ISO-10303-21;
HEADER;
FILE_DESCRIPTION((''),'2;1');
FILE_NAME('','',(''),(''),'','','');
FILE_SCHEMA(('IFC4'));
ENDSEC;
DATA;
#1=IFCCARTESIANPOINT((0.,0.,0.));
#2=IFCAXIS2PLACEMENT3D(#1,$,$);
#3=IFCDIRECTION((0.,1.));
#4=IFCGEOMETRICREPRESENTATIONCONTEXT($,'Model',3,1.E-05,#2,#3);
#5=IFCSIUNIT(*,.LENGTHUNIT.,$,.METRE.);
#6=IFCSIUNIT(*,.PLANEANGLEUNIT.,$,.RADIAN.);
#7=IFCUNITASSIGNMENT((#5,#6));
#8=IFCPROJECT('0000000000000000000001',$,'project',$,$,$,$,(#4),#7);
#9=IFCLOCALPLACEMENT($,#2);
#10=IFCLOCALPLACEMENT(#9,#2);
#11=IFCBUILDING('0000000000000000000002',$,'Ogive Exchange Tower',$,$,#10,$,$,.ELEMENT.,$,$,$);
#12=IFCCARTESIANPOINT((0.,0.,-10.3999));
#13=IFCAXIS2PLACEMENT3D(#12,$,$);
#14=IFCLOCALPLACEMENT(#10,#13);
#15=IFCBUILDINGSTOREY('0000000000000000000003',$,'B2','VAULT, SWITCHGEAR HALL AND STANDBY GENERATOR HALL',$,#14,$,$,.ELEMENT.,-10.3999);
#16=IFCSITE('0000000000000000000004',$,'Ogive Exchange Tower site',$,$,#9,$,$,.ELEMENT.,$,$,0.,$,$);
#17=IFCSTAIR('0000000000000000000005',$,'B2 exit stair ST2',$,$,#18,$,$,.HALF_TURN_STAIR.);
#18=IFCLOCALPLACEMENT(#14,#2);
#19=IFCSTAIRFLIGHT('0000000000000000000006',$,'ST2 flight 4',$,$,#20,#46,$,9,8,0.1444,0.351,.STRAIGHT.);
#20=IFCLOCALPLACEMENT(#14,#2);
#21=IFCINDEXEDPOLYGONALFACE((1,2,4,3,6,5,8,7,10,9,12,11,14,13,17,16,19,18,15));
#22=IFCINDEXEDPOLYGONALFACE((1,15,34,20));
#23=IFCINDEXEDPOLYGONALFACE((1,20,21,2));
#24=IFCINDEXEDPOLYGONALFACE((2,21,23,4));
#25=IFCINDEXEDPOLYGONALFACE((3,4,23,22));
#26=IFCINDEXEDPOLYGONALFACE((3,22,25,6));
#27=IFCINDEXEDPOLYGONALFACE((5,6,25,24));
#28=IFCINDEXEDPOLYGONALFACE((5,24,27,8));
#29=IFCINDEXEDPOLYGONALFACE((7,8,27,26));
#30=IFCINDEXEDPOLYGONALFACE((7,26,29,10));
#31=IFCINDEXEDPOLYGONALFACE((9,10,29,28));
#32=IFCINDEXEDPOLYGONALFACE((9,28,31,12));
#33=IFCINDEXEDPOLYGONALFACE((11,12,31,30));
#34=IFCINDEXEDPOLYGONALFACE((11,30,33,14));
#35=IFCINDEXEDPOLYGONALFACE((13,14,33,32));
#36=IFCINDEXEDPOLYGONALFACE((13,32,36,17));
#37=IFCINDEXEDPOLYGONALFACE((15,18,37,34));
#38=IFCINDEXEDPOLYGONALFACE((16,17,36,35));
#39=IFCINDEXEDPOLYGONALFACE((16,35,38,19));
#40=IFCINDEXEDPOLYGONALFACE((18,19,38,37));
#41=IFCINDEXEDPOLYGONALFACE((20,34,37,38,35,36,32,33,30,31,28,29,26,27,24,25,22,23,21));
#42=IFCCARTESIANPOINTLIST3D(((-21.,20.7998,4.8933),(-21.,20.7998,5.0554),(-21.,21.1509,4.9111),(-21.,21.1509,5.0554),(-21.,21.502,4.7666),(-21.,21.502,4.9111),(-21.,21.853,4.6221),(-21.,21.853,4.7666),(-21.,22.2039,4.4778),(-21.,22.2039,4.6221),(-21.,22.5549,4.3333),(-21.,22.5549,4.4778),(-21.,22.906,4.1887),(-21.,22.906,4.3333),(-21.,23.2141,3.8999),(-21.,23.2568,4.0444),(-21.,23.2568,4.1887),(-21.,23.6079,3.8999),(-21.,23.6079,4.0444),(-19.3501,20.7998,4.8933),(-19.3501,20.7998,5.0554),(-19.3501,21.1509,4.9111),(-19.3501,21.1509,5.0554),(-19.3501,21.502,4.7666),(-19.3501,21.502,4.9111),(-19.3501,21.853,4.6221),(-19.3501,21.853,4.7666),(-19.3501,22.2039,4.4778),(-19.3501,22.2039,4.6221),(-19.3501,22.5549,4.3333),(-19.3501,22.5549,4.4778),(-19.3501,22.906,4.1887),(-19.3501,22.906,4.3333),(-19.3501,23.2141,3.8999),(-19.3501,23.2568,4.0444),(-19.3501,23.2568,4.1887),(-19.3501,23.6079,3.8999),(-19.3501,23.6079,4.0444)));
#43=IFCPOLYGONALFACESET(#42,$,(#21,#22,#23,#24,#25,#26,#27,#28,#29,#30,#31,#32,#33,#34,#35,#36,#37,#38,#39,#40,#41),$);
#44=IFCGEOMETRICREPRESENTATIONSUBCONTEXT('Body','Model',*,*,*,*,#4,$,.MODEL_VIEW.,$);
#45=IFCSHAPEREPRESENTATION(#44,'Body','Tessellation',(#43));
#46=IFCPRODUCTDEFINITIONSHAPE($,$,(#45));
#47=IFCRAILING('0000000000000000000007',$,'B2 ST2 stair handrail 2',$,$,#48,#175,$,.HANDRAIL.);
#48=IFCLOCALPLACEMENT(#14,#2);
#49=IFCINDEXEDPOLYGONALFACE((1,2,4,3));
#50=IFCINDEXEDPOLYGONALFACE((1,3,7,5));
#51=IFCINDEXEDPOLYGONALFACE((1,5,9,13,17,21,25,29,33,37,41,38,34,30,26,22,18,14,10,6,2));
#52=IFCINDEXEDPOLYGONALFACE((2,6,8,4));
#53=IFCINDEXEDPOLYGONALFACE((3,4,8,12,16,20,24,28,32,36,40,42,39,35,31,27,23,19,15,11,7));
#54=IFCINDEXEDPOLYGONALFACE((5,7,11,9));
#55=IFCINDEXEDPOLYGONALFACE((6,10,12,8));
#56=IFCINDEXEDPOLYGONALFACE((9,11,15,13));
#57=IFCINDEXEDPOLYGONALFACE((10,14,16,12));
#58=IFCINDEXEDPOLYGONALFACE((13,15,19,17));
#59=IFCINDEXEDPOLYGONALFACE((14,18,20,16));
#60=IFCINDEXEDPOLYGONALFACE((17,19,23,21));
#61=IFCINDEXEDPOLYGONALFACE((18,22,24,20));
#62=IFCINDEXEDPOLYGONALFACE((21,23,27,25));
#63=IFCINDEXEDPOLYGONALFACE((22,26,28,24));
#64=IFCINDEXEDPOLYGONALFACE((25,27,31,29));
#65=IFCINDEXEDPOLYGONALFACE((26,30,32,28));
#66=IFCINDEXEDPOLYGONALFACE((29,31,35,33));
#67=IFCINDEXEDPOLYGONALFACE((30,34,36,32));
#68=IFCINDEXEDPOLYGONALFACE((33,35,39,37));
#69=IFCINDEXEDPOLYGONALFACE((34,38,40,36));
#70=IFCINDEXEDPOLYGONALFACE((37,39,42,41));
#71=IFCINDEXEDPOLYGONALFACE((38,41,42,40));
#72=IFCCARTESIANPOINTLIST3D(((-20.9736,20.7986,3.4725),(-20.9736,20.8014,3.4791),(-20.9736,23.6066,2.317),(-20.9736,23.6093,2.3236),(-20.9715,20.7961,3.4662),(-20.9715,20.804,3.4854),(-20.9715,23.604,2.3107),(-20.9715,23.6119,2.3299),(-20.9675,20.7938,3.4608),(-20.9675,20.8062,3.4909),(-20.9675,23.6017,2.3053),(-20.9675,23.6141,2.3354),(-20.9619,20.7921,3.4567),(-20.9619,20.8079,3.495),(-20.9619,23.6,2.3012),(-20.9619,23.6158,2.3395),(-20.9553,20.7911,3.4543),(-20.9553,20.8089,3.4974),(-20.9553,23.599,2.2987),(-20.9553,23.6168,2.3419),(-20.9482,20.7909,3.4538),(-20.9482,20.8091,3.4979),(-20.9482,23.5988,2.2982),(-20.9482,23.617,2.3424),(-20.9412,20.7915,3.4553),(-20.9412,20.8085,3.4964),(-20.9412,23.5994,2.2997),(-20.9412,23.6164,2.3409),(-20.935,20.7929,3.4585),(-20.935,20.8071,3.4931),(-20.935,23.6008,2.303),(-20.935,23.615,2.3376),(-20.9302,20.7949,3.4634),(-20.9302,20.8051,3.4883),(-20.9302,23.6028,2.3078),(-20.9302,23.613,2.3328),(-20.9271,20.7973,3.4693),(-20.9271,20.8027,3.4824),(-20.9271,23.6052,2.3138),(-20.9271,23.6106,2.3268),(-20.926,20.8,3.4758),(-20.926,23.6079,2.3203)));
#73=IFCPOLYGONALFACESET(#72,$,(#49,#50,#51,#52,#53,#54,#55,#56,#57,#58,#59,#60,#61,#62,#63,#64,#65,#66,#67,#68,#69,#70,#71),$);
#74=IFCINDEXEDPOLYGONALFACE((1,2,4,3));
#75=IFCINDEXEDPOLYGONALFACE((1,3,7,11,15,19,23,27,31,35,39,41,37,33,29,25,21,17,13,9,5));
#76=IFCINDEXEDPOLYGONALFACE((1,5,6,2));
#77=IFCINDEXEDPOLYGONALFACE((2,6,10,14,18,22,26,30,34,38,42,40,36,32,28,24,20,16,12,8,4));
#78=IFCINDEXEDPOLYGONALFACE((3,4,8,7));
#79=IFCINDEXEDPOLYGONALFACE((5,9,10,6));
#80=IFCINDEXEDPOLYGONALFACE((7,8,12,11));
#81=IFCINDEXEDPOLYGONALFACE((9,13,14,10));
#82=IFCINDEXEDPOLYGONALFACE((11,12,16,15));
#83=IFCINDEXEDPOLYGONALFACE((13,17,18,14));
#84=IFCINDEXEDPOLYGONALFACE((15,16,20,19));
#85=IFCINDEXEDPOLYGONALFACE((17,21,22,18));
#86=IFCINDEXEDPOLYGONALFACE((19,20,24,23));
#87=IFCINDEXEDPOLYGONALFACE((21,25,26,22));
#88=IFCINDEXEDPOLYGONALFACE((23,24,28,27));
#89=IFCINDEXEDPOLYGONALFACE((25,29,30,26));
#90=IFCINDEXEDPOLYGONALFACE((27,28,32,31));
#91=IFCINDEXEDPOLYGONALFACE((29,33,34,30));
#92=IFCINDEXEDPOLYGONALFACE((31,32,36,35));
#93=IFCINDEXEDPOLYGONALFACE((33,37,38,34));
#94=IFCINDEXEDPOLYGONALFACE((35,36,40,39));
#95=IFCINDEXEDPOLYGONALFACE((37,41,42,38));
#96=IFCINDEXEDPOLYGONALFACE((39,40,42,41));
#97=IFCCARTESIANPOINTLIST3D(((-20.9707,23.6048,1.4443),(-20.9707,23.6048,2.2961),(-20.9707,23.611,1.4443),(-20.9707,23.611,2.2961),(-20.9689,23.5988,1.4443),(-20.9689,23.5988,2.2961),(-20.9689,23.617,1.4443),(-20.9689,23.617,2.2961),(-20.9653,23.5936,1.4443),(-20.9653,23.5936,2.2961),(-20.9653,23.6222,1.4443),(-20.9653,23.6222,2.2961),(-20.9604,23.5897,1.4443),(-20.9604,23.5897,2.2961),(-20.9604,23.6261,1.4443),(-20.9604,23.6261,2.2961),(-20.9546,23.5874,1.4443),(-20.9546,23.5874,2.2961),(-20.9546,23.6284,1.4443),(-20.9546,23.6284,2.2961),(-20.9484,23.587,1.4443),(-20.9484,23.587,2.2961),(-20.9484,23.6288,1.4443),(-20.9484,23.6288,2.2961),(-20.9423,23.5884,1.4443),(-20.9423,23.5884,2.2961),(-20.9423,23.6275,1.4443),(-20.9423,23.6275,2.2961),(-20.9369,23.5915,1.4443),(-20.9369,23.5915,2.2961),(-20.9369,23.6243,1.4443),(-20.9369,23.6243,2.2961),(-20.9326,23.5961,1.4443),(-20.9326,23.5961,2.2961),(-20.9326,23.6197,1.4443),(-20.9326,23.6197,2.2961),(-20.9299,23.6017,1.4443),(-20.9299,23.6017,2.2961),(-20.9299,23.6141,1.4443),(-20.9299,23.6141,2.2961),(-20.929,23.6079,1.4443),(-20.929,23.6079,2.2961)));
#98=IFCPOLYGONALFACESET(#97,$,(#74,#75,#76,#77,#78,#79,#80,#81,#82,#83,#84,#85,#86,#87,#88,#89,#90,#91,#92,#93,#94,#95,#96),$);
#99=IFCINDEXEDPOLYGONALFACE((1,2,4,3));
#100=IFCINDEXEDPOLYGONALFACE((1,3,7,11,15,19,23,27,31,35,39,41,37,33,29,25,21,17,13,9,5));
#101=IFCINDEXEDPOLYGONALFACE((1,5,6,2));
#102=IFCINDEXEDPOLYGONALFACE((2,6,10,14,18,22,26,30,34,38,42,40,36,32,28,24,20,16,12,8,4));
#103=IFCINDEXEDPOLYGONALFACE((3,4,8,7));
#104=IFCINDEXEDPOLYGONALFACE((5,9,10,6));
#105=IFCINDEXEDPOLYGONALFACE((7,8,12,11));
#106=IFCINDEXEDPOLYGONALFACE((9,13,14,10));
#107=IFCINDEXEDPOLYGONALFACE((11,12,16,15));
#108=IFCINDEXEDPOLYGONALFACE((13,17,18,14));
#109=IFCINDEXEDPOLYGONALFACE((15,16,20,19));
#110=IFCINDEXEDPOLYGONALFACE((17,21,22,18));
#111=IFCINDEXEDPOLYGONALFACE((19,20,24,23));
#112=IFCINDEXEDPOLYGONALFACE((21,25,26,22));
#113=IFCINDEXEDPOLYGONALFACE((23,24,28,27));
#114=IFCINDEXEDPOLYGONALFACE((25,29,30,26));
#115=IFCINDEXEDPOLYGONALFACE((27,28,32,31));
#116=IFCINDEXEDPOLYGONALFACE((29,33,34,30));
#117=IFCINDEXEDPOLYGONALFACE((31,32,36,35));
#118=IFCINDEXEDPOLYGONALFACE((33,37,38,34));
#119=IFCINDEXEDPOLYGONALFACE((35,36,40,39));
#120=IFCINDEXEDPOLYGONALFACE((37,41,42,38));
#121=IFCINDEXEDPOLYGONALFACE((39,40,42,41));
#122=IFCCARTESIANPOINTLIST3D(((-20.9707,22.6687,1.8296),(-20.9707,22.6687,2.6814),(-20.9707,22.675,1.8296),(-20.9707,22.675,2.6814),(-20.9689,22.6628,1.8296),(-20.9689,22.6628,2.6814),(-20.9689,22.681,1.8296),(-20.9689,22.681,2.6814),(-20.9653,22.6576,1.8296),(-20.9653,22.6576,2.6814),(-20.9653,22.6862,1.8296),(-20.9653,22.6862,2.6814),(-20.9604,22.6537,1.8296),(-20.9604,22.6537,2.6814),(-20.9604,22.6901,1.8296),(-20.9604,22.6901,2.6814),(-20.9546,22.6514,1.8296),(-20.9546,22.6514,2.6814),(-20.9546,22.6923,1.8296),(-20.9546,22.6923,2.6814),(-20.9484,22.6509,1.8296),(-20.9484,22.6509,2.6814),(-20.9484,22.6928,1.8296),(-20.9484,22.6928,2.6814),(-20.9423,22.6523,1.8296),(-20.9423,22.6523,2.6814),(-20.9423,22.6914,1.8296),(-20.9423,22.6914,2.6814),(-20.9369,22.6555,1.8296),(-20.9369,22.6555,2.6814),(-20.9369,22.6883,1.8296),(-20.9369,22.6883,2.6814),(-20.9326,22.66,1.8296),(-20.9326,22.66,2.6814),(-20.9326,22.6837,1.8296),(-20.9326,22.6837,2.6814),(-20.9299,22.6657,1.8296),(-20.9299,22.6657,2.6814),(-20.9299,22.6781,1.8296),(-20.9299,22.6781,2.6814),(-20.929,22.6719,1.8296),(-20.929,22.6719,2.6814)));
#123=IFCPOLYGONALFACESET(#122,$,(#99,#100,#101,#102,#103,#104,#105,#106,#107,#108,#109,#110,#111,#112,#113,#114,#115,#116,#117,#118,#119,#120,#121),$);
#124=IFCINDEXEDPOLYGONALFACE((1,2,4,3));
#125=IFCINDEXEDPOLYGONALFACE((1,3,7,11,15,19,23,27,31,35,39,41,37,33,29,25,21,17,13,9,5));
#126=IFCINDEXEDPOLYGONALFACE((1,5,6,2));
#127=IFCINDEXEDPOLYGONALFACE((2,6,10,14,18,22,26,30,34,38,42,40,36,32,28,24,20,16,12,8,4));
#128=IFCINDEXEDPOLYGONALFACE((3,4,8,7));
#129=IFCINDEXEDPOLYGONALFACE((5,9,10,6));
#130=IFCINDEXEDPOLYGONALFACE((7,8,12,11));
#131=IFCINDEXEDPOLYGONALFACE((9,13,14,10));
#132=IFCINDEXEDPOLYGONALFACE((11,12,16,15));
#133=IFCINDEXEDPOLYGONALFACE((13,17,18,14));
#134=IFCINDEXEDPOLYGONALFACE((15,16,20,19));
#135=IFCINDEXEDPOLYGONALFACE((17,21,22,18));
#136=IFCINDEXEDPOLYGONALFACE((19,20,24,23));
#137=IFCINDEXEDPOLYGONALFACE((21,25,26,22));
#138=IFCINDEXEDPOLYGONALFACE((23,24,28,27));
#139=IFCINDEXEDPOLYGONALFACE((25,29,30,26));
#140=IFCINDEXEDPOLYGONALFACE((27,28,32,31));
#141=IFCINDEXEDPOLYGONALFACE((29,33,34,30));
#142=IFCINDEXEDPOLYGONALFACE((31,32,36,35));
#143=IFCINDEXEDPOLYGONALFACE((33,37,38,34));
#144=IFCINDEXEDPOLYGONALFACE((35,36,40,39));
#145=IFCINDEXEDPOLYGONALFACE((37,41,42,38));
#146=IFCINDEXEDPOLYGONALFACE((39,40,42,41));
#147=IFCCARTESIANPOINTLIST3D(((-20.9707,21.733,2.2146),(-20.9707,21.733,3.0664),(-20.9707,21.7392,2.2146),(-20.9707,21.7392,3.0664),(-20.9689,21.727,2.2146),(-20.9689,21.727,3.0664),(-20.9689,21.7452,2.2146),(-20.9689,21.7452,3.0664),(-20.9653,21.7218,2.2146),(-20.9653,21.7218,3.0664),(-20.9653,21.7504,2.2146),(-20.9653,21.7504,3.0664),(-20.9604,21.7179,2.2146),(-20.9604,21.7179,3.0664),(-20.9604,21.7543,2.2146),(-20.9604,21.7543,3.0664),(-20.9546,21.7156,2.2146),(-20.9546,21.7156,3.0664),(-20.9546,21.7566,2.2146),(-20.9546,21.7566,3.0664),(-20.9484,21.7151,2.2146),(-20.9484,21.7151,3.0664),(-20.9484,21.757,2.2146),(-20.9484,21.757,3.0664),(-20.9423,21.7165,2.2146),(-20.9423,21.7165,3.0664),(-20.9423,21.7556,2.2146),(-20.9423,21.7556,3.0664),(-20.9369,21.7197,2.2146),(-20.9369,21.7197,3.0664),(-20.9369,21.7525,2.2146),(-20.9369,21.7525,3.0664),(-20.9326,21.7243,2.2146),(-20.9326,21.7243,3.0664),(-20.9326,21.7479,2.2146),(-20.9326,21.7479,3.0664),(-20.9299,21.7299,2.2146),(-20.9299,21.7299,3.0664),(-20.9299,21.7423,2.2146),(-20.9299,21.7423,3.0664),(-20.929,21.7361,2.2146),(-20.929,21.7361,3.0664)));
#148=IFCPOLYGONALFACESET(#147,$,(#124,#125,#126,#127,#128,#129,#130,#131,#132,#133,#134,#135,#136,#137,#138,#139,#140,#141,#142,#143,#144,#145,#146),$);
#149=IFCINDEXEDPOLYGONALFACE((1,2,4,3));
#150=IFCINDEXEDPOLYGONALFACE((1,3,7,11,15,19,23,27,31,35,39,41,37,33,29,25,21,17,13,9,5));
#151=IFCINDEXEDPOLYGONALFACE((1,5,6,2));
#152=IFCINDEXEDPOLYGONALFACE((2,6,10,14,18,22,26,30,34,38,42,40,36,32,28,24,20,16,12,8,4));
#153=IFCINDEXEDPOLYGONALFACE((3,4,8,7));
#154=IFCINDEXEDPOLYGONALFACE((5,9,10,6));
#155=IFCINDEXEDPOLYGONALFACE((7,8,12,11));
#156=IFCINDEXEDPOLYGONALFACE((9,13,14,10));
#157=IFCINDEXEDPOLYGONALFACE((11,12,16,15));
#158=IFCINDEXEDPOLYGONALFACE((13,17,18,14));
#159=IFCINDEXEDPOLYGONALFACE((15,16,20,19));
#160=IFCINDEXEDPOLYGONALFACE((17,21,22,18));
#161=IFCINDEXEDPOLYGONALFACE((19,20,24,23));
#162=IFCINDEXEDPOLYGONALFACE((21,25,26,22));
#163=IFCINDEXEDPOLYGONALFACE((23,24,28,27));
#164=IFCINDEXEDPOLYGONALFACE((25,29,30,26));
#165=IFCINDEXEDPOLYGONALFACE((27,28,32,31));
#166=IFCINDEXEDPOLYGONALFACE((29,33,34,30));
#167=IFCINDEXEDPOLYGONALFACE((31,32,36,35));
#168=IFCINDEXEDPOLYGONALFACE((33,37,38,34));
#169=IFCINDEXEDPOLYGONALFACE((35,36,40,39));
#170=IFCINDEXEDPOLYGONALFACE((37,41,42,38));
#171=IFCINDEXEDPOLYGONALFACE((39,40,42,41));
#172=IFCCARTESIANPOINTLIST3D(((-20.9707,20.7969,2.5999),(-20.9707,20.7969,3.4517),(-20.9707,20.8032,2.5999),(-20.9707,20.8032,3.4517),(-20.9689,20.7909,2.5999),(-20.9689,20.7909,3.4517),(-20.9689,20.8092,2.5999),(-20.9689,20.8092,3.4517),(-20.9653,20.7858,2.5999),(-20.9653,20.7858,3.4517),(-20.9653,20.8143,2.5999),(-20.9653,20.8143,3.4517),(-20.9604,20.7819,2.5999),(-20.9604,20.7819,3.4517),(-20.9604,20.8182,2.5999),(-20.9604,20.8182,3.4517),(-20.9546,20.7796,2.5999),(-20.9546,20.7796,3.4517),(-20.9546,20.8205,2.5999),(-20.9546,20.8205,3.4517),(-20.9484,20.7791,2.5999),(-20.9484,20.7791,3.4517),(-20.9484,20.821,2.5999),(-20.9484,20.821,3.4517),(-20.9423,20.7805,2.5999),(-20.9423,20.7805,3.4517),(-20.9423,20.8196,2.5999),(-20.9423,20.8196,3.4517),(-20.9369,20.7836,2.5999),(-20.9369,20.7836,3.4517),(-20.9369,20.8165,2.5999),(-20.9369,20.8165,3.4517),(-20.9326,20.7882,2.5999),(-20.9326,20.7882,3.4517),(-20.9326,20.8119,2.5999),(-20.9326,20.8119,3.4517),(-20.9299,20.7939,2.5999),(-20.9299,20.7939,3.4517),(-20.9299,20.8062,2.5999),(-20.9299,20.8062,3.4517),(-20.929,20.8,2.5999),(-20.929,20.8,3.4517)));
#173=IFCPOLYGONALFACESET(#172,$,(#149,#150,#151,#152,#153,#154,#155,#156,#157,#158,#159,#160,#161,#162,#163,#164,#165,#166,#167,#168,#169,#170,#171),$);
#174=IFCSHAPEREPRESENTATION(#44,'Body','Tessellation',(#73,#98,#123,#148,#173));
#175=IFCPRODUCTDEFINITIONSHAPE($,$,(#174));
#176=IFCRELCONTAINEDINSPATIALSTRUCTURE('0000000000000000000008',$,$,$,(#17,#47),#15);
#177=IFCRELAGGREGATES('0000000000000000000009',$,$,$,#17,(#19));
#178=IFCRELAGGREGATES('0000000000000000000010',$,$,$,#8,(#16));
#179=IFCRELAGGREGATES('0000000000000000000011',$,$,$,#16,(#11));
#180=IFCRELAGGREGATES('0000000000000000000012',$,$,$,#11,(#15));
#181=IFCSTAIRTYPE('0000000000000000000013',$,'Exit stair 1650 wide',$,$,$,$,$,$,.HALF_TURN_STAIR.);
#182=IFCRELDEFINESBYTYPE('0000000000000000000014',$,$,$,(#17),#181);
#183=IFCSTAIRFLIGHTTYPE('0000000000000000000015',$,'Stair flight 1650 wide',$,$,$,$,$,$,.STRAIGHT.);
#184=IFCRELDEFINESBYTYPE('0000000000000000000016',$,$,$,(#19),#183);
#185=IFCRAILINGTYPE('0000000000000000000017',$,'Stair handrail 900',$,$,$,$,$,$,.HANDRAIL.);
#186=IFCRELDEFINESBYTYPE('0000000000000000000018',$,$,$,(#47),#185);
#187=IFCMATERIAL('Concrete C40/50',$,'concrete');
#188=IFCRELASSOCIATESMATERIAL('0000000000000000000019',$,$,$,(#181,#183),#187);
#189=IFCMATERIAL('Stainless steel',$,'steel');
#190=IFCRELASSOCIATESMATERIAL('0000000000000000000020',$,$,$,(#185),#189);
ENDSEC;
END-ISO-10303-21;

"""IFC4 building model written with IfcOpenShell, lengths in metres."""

from ifc_helpers import new_model, si_unit, direction, frame, origin, origin_2d, place, context, subcontext, project, spatial, polyline, circle, outline, extrude, material, type_object, element, aggregate, save


model = new_model("IFC4")

# Units and contexts
model_context = context("Model", 3, precision=1e-05, world=origin(), true_north=direction((0.0, 1.0)))
body_context = subcontext(model_context, "Body", "Model", "MODEL_VIEW")
ifc_project = project(units=[si_unit("LENGTHUNIT", "METRE"), si_unit("PLANEANGLEUNIT", "RADIAN")], contexts=[model_context])

# Site, building, storey
site_placement = place(None, origin())
site = spatial("IfcSite", under=ifc_project, at=site_placement, Name="Ogive Exchange Tower site", CompositionType="ELEMENT", RefElevation=0.0)
building_placement = place(site_placement, origin())
building = spatial("IfcBuilding", under=site, at=building_placement, Name="Ogive Exchange Tower", CompositionType="ELEMENT")
storey_placement = place(building_placement, frame((0.0, 0.0, -10.3999)))
storey = spatial("IfcBuildingStorey", under=building, at=storey_placement, Name="B2", Description="VAULT, SWITCHGEAR HALL AND STANDBY GENERATOR HALL", CompositionType="ELEMENT", Elevation=-10.3999)

# Shared definitions
ifc_material_1 = material(Name="Concrete C40/50", Category="concrete")

# Stair, stair flight
stair_type = type_object("IfcStairType", Name="Exit stair 1650 wide", PredefinedType="HALF_TURN_STAIR", material=ifc_material_1)
stair_placement = place(storey_placement, origin())
stair = element("IfcStair", 1, at=stair_placement, inside=storey, type_object=stair_type, Name="B2 exit stair ST2", PredefinedType="HALF_TURN_STAIR")
stair_flight_type = type_object("IfcStairFlightType", Name="Stair flight 1650 wide", PredefinedType="STRAIGHT", material=ifc_material_1)
stair_flight_1_placement = place(storey_placement, frame((-20.175, 23.6079, 3.8999), z_axis=(0.0, 0.0, 1.0), x_axis=(0.0, -1.0, 0.0)))
stair_flight_1 = element("IfcStairFlight", 2, at=stair_flight_1_placement, type_object=stair_flight_type, Name="ST2 flight 4", NumberOfRisers=9, NumberOfTreads=8, PredefinedType="STRAIGHT", RiserHeight=0.1444, TreadLength=0.351, context=body_context, shape_type="SweptSolid", body=[
    extrude(outline(polyline([(0.0, 0.0), (0.0, 0.1445), (0.3511, 0.1445), (0.3511, 0.2888), (0.7019, 0.2888), (0.7019, 0.4333), (1.053, 0.4333), (1.053, 0.5779), (1.4041, 0.5779), (1.4041, 0.7222), (1.7549, 0.7222), (1.7549, 0.8667), (2.106, 0.8667), (2.106, 1.0112), (2.457, 1.0112), (2.457, 1.1555), (2.8081, 1.1555), (2.8081, 1.3), (2.8081, 0.9934), (0.3938, 0.0), (0.0, 0.0)])), frame((0.0, 0.825, 0.0), z_axis=(0.0, -1.0, 0.0), x_axis=(1.0, 0.0, 0.0)), (0.0, 0.0, 1.0), 1.6499),
])
aggregate(stair, [stair_flight_1])

# Railing
ifc_material_2 = material(Name="Stainless steel", Category="steel")
railing_type = type_object("IfcRailingType", Name="Stair handrail 900", PredefinedType="HANDRAIL", material=ifc_material_2)
for number, where, name in (
    (3, (-20.95, 23.6079, 1.4443), "B2 ST2 stair handrail 2"),
):
    element("IfcRailing", number, at=place(storey_placement, frame(where)), inside=storey, type_object=railing_type, Name=name, PredefinedType="HANDRAIL", context=body_context, shape_type="SweptSolid", body=[
        extrude(circle(Radius=0.0239, at=origin_2d()), frame((0.0, 0.0, 0.876), z_axis=(0.0, -0.924755, 0.380564), x_axis=(1.0, 0.0, 0.0)), (0.0, 0.0, 1.0), 3.0364),
        extrude(circle(Radius=0.021, at=origin_2d()), origin(), (0.0, 0.0, 1.0), 0.8518),
        extrude(circle(Radius=0.021, at=origin_2d()), frame((0.0, -0.936, 0.3853)), (0.0, 0.0, 1.0), 0.8518),
        extrude(circle(Radius=0.021, at=origin_2d()), frame((0.0, -1.8718, 0.7703)), (0.0, 0.0, 1.0), 0.8518),
        extrude(circle(Radius=0.021, at=origin_2d()), frame((0.0, -2.8079, 1.1555)), (0.0, 0.0, 1.0), 0.8518),
    ])

save(model, "model.ifc")
